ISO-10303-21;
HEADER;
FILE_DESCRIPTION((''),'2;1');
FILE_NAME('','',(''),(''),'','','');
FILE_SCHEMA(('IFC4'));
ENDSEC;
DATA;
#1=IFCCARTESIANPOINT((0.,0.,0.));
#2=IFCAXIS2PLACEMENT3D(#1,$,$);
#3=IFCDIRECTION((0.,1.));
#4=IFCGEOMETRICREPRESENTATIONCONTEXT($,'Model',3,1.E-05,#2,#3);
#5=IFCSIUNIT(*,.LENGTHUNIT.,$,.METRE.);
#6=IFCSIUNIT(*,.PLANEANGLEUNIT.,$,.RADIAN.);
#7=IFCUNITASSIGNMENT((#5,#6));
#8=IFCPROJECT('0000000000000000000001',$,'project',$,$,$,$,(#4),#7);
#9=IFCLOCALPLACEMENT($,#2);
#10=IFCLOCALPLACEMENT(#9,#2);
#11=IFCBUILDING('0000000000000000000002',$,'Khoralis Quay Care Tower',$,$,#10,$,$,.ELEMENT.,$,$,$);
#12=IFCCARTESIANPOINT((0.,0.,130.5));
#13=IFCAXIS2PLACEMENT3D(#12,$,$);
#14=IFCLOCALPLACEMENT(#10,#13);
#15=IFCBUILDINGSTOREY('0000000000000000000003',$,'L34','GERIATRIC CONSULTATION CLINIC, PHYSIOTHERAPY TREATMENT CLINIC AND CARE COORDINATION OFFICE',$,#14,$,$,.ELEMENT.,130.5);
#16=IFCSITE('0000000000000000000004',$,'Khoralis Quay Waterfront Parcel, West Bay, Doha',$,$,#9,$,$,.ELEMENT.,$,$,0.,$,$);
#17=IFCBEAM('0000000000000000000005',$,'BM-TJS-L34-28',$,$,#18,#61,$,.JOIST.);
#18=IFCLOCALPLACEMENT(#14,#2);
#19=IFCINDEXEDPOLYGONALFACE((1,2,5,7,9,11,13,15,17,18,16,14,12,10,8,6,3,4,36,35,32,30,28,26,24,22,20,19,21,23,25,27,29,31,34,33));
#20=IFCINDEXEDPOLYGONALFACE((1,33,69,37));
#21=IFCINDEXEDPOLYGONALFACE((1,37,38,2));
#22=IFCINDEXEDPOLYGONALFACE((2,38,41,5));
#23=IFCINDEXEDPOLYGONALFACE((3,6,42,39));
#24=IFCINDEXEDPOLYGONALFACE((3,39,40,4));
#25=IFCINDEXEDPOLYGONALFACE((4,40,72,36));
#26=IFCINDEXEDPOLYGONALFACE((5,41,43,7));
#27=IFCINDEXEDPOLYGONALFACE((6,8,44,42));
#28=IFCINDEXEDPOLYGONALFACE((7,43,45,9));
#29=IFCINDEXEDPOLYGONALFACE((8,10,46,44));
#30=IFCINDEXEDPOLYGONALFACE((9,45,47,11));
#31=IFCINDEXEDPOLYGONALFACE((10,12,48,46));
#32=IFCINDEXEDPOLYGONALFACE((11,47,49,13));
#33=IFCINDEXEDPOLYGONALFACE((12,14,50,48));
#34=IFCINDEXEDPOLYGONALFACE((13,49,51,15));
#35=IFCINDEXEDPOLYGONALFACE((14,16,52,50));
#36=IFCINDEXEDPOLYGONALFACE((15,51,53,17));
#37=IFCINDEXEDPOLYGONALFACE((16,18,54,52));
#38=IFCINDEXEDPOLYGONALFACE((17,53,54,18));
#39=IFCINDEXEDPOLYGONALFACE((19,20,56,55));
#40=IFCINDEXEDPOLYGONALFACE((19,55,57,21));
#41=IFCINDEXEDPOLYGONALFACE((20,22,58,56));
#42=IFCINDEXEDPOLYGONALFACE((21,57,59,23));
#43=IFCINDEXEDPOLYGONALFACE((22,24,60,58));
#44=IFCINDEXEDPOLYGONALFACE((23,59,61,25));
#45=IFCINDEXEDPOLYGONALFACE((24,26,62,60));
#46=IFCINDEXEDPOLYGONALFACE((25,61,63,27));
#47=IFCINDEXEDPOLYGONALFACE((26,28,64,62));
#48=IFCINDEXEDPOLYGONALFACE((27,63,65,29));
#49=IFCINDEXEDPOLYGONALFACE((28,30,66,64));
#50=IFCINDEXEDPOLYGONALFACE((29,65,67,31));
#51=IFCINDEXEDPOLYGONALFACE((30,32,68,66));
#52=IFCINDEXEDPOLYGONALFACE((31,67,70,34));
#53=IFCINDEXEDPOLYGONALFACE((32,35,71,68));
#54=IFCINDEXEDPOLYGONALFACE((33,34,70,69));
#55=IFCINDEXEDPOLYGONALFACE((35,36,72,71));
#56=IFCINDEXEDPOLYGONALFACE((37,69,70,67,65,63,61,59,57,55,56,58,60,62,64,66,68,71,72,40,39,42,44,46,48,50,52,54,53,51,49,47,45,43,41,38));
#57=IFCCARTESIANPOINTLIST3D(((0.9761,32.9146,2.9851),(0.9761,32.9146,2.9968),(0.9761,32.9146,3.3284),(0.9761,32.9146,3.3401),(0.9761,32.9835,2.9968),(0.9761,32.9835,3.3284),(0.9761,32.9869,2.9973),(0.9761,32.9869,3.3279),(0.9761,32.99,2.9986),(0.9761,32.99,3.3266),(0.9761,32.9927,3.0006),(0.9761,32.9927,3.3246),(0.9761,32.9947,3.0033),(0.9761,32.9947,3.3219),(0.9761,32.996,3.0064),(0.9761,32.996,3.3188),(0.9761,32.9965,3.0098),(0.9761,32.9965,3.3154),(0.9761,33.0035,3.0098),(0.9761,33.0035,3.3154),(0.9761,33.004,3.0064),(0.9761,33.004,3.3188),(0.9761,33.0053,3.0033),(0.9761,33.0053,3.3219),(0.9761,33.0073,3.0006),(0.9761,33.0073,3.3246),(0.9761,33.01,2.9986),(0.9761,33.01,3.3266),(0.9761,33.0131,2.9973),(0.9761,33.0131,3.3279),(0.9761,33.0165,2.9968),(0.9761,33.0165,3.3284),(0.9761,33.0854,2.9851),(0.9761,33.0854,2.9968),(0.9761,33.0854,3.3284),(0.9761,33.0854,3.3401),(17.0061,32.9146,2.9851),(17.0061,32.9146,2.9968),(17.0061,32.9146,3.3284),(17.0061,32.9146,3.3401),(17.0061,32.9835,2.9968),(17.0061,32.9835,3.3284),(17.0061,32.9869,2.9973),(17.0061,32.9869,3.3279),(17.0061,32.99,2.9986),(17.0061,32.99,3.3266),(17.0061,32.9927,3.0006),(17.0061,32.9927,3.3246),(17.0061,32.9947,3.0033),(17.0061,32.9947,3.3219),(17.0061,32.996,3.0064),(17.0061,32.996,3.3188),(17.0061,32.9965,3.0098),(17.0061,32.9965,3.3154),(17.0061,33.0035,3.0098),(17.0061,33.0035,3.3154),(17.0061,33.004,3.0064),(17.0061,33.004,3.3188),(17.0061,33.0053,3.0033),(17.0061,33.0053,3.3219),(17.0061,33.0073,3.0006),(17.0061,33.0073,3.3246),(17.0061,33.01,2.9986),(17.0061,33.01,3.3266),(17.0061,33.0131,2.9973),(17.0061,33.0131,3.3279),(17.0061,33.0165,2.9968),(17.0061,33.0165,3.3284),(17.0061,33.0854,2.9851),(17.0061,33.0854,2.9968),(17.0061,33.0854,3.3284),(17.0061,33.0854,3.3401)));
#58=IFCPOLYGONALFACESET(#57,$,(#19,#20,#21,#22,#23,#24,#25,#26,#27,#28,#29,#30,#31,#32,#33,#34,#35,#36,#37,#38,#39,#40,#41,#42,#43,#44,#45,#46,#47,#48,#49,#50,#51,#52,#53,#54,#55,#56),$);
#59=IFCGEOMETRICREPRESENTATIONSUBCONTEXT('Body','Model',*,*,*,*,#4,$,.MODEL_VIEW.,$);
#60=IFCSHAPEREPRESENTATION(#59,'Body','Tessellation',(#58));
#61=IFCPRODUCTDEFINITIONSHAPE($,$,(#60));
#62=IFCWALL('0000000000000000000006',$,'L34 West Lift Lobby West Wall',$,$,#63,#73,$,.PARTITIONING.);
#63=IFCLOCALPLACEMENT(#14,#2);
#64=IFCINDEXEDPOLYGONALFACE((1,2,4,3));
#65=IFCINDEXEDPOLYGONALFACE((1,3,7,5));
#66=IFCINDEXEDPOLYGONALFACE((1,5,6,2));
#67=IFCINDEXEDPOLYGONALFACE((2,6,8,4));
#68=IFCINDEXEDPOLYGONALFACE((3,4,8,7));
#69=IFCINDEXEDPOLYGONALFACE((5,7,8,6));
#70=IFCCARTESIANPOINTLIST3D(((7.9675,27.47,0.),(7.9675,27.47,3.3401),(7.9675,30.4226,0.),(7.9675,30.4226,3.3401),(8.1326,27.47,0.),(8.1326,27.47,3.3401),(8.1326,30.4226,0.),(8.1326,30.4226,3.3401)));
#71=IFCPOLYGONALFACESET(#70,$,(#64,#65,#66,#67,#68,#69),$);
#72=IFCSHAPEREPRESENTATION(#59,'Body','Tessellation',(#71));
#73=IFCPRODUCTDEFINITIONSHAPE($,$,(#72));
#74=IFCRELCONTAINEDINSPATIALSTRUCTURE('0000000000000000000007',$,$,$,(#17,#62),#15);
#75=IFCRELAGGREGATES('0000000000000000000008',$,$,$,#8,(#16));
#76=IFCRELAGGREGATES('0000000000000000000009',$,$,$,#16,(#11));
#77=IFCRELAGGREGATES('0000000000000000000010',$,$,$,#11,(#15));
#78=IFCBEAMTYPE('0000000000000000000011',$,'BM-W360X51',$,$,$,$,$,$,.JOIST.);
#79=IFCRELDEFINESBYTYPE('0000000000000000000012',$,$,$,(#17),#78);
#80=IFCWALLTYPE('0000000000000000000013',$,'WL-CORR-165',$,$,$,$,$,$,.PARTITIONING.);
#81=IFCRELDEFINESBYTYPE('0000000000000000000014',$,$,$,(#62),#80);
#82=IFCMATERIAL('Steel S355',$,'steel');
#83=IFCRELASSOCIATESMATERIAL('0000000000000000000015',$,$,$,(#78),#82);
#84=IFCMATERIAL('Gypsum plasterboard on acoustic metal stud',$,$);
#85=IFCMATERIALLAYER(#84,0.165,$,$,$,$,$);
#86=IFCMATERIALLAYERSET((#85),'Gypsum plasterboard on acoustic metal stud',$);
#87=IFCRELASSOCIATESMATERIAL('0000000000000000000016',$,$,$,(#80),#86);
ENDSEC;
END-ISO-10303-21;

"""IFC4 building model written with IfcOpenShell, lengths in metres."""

from ifc_helpers import new_model, si_unit, direction, frame, frame_2d, origin, origin_2d, place, context, subcontext, project, spatial, rectangle, i_section, extrude, source, transform, mapped, material, layer, layer_set, material_profile, profile_set, type_object, element, save


model = new_model("IFC4")

# Units and contexts
model_context = context("Model", 3, precision=1e-05, world=origin(), true_north=direction((0.0, 1.0)))
body_context = subcontext(model_context, "Body", "Model", "MODEL_VIEW")
ifc_project = project(units=[si_unit("LENGTHUNIT", "METRE"), si_unit("PLANEANGLEUNIT", "RADIAN")], contexts=[model_context])

# Site, building, storey
site_placement = place(None, origin())
site = spatial("IfcSite", under=ifc_project, at=site_placement, Name="Khoralis Quay Waterfront Parcel, West Bay, Doha", CompositionType="ELEMENT", RefElevation=0.0)
building_placement = place(site_placement, origin())
building = spatial("IfcBuilding", under=site, at=building_placement, Name="Khoralis Quay Care Tower", CompositionType="ELEMENT")
storey_placement = place(building_placement, frame((0.0, 0.0, 130.5)))
storey = spatial("IfcBuildingStorey", under=building, at=storey_placement, Name="L34", Description="GERIATRIC CONSULTATION CLINIC, PHYSIOTHERAPY TREATMENT CLINIC AND CARE COORDINATION OFFICE", CompositionType="ELEMENT", Elevation=130.5)

# Beam
ifc_material_1 = material(Name="Steel S355", Category="steel")
ifc_material_profile_1 = material_profile(ifc_material_1, i_section(OverallWidth=0.1709, OverallDepth=0.355, WebThickness=0.0071, FlangeThickness=0.0117, FilletRadius=0.0129, at=origin_2d()), Name="Steel S355")
ifc_profile_set_1 = profile_set([ifc_material_profile_1], Name="Steel S355")
beam_type_1 = type_object("IfcBeamType", Name="BM-W360X51", PredefinedType="JOIST", material=ifc_profile_set_1)
shared_shape_1 = source(origin(), body_context, "Body", "SweptSolid", [
    extrude(i_section(OverallWidth=0.1709, OverallDepth=0.355, WebThickness=0.0071, FlangeThickness=0.0117, FilletRadius=0.0129, at=origin_2d()), origin(), (0.0, 0.0, 1.0), 16.03),
])
beam_1_placement = place(storey_placement, frame((0.9761, 33.0, 3.1626), z_axis=(1.0, 0.0, 0.0), x_axis=(0.0, 1.0, 0.0)))
element("IfcBeam", 1, at=beam_1_placement, inside=storey, type_object=beam_type_1, Name="BM-TJS-L34-28", PredefinedType="JOIST", context=body_context, shape_type="MappedRepresentation", body=[
    mapped(shared_shape_1, transform((0.0, 0.0, 0.0), scale=1.0)),
])

# Wall
ifc_material_2 = material(Name="Gypsum plasterboard on acoustic metal stud")
ifc_layer_1 = layer(ifc_material_2, 0.165)
ifc_layer_set_1 = layer_set([ifc_layer_1], Name="Gypsum plasterboard on acoustic metal stud")
wall_type_1 = type_object("IfcWallType", Name="WL-CORR-165", PredefinedType="PARTITIONING", material=ifc_layer_set_1)
wall_1_placement = place(storey_placement, frame((8.05, 27.47, 0.0), z_axis=(0.0, 0.0, 1.0), x_axis=(0.0, 1.0, 0.0)))
element("IfcWall", 2, at=wall_1_placement, inside=storey, type_object=wall_type_1, Name="L34 West Lift Lobby West Wall", PredefinedType="PARTITIONING", context=body_context, shape_type="SweptSolid", body=[
    extrude(rectangle(XDim=2.9526, YDim=0.165, at=frame_2d((1.4763, 0.0))), origin(), (0.0, 0.0, 1.0), 3.3401),
])

save(model, "model.ifc")
